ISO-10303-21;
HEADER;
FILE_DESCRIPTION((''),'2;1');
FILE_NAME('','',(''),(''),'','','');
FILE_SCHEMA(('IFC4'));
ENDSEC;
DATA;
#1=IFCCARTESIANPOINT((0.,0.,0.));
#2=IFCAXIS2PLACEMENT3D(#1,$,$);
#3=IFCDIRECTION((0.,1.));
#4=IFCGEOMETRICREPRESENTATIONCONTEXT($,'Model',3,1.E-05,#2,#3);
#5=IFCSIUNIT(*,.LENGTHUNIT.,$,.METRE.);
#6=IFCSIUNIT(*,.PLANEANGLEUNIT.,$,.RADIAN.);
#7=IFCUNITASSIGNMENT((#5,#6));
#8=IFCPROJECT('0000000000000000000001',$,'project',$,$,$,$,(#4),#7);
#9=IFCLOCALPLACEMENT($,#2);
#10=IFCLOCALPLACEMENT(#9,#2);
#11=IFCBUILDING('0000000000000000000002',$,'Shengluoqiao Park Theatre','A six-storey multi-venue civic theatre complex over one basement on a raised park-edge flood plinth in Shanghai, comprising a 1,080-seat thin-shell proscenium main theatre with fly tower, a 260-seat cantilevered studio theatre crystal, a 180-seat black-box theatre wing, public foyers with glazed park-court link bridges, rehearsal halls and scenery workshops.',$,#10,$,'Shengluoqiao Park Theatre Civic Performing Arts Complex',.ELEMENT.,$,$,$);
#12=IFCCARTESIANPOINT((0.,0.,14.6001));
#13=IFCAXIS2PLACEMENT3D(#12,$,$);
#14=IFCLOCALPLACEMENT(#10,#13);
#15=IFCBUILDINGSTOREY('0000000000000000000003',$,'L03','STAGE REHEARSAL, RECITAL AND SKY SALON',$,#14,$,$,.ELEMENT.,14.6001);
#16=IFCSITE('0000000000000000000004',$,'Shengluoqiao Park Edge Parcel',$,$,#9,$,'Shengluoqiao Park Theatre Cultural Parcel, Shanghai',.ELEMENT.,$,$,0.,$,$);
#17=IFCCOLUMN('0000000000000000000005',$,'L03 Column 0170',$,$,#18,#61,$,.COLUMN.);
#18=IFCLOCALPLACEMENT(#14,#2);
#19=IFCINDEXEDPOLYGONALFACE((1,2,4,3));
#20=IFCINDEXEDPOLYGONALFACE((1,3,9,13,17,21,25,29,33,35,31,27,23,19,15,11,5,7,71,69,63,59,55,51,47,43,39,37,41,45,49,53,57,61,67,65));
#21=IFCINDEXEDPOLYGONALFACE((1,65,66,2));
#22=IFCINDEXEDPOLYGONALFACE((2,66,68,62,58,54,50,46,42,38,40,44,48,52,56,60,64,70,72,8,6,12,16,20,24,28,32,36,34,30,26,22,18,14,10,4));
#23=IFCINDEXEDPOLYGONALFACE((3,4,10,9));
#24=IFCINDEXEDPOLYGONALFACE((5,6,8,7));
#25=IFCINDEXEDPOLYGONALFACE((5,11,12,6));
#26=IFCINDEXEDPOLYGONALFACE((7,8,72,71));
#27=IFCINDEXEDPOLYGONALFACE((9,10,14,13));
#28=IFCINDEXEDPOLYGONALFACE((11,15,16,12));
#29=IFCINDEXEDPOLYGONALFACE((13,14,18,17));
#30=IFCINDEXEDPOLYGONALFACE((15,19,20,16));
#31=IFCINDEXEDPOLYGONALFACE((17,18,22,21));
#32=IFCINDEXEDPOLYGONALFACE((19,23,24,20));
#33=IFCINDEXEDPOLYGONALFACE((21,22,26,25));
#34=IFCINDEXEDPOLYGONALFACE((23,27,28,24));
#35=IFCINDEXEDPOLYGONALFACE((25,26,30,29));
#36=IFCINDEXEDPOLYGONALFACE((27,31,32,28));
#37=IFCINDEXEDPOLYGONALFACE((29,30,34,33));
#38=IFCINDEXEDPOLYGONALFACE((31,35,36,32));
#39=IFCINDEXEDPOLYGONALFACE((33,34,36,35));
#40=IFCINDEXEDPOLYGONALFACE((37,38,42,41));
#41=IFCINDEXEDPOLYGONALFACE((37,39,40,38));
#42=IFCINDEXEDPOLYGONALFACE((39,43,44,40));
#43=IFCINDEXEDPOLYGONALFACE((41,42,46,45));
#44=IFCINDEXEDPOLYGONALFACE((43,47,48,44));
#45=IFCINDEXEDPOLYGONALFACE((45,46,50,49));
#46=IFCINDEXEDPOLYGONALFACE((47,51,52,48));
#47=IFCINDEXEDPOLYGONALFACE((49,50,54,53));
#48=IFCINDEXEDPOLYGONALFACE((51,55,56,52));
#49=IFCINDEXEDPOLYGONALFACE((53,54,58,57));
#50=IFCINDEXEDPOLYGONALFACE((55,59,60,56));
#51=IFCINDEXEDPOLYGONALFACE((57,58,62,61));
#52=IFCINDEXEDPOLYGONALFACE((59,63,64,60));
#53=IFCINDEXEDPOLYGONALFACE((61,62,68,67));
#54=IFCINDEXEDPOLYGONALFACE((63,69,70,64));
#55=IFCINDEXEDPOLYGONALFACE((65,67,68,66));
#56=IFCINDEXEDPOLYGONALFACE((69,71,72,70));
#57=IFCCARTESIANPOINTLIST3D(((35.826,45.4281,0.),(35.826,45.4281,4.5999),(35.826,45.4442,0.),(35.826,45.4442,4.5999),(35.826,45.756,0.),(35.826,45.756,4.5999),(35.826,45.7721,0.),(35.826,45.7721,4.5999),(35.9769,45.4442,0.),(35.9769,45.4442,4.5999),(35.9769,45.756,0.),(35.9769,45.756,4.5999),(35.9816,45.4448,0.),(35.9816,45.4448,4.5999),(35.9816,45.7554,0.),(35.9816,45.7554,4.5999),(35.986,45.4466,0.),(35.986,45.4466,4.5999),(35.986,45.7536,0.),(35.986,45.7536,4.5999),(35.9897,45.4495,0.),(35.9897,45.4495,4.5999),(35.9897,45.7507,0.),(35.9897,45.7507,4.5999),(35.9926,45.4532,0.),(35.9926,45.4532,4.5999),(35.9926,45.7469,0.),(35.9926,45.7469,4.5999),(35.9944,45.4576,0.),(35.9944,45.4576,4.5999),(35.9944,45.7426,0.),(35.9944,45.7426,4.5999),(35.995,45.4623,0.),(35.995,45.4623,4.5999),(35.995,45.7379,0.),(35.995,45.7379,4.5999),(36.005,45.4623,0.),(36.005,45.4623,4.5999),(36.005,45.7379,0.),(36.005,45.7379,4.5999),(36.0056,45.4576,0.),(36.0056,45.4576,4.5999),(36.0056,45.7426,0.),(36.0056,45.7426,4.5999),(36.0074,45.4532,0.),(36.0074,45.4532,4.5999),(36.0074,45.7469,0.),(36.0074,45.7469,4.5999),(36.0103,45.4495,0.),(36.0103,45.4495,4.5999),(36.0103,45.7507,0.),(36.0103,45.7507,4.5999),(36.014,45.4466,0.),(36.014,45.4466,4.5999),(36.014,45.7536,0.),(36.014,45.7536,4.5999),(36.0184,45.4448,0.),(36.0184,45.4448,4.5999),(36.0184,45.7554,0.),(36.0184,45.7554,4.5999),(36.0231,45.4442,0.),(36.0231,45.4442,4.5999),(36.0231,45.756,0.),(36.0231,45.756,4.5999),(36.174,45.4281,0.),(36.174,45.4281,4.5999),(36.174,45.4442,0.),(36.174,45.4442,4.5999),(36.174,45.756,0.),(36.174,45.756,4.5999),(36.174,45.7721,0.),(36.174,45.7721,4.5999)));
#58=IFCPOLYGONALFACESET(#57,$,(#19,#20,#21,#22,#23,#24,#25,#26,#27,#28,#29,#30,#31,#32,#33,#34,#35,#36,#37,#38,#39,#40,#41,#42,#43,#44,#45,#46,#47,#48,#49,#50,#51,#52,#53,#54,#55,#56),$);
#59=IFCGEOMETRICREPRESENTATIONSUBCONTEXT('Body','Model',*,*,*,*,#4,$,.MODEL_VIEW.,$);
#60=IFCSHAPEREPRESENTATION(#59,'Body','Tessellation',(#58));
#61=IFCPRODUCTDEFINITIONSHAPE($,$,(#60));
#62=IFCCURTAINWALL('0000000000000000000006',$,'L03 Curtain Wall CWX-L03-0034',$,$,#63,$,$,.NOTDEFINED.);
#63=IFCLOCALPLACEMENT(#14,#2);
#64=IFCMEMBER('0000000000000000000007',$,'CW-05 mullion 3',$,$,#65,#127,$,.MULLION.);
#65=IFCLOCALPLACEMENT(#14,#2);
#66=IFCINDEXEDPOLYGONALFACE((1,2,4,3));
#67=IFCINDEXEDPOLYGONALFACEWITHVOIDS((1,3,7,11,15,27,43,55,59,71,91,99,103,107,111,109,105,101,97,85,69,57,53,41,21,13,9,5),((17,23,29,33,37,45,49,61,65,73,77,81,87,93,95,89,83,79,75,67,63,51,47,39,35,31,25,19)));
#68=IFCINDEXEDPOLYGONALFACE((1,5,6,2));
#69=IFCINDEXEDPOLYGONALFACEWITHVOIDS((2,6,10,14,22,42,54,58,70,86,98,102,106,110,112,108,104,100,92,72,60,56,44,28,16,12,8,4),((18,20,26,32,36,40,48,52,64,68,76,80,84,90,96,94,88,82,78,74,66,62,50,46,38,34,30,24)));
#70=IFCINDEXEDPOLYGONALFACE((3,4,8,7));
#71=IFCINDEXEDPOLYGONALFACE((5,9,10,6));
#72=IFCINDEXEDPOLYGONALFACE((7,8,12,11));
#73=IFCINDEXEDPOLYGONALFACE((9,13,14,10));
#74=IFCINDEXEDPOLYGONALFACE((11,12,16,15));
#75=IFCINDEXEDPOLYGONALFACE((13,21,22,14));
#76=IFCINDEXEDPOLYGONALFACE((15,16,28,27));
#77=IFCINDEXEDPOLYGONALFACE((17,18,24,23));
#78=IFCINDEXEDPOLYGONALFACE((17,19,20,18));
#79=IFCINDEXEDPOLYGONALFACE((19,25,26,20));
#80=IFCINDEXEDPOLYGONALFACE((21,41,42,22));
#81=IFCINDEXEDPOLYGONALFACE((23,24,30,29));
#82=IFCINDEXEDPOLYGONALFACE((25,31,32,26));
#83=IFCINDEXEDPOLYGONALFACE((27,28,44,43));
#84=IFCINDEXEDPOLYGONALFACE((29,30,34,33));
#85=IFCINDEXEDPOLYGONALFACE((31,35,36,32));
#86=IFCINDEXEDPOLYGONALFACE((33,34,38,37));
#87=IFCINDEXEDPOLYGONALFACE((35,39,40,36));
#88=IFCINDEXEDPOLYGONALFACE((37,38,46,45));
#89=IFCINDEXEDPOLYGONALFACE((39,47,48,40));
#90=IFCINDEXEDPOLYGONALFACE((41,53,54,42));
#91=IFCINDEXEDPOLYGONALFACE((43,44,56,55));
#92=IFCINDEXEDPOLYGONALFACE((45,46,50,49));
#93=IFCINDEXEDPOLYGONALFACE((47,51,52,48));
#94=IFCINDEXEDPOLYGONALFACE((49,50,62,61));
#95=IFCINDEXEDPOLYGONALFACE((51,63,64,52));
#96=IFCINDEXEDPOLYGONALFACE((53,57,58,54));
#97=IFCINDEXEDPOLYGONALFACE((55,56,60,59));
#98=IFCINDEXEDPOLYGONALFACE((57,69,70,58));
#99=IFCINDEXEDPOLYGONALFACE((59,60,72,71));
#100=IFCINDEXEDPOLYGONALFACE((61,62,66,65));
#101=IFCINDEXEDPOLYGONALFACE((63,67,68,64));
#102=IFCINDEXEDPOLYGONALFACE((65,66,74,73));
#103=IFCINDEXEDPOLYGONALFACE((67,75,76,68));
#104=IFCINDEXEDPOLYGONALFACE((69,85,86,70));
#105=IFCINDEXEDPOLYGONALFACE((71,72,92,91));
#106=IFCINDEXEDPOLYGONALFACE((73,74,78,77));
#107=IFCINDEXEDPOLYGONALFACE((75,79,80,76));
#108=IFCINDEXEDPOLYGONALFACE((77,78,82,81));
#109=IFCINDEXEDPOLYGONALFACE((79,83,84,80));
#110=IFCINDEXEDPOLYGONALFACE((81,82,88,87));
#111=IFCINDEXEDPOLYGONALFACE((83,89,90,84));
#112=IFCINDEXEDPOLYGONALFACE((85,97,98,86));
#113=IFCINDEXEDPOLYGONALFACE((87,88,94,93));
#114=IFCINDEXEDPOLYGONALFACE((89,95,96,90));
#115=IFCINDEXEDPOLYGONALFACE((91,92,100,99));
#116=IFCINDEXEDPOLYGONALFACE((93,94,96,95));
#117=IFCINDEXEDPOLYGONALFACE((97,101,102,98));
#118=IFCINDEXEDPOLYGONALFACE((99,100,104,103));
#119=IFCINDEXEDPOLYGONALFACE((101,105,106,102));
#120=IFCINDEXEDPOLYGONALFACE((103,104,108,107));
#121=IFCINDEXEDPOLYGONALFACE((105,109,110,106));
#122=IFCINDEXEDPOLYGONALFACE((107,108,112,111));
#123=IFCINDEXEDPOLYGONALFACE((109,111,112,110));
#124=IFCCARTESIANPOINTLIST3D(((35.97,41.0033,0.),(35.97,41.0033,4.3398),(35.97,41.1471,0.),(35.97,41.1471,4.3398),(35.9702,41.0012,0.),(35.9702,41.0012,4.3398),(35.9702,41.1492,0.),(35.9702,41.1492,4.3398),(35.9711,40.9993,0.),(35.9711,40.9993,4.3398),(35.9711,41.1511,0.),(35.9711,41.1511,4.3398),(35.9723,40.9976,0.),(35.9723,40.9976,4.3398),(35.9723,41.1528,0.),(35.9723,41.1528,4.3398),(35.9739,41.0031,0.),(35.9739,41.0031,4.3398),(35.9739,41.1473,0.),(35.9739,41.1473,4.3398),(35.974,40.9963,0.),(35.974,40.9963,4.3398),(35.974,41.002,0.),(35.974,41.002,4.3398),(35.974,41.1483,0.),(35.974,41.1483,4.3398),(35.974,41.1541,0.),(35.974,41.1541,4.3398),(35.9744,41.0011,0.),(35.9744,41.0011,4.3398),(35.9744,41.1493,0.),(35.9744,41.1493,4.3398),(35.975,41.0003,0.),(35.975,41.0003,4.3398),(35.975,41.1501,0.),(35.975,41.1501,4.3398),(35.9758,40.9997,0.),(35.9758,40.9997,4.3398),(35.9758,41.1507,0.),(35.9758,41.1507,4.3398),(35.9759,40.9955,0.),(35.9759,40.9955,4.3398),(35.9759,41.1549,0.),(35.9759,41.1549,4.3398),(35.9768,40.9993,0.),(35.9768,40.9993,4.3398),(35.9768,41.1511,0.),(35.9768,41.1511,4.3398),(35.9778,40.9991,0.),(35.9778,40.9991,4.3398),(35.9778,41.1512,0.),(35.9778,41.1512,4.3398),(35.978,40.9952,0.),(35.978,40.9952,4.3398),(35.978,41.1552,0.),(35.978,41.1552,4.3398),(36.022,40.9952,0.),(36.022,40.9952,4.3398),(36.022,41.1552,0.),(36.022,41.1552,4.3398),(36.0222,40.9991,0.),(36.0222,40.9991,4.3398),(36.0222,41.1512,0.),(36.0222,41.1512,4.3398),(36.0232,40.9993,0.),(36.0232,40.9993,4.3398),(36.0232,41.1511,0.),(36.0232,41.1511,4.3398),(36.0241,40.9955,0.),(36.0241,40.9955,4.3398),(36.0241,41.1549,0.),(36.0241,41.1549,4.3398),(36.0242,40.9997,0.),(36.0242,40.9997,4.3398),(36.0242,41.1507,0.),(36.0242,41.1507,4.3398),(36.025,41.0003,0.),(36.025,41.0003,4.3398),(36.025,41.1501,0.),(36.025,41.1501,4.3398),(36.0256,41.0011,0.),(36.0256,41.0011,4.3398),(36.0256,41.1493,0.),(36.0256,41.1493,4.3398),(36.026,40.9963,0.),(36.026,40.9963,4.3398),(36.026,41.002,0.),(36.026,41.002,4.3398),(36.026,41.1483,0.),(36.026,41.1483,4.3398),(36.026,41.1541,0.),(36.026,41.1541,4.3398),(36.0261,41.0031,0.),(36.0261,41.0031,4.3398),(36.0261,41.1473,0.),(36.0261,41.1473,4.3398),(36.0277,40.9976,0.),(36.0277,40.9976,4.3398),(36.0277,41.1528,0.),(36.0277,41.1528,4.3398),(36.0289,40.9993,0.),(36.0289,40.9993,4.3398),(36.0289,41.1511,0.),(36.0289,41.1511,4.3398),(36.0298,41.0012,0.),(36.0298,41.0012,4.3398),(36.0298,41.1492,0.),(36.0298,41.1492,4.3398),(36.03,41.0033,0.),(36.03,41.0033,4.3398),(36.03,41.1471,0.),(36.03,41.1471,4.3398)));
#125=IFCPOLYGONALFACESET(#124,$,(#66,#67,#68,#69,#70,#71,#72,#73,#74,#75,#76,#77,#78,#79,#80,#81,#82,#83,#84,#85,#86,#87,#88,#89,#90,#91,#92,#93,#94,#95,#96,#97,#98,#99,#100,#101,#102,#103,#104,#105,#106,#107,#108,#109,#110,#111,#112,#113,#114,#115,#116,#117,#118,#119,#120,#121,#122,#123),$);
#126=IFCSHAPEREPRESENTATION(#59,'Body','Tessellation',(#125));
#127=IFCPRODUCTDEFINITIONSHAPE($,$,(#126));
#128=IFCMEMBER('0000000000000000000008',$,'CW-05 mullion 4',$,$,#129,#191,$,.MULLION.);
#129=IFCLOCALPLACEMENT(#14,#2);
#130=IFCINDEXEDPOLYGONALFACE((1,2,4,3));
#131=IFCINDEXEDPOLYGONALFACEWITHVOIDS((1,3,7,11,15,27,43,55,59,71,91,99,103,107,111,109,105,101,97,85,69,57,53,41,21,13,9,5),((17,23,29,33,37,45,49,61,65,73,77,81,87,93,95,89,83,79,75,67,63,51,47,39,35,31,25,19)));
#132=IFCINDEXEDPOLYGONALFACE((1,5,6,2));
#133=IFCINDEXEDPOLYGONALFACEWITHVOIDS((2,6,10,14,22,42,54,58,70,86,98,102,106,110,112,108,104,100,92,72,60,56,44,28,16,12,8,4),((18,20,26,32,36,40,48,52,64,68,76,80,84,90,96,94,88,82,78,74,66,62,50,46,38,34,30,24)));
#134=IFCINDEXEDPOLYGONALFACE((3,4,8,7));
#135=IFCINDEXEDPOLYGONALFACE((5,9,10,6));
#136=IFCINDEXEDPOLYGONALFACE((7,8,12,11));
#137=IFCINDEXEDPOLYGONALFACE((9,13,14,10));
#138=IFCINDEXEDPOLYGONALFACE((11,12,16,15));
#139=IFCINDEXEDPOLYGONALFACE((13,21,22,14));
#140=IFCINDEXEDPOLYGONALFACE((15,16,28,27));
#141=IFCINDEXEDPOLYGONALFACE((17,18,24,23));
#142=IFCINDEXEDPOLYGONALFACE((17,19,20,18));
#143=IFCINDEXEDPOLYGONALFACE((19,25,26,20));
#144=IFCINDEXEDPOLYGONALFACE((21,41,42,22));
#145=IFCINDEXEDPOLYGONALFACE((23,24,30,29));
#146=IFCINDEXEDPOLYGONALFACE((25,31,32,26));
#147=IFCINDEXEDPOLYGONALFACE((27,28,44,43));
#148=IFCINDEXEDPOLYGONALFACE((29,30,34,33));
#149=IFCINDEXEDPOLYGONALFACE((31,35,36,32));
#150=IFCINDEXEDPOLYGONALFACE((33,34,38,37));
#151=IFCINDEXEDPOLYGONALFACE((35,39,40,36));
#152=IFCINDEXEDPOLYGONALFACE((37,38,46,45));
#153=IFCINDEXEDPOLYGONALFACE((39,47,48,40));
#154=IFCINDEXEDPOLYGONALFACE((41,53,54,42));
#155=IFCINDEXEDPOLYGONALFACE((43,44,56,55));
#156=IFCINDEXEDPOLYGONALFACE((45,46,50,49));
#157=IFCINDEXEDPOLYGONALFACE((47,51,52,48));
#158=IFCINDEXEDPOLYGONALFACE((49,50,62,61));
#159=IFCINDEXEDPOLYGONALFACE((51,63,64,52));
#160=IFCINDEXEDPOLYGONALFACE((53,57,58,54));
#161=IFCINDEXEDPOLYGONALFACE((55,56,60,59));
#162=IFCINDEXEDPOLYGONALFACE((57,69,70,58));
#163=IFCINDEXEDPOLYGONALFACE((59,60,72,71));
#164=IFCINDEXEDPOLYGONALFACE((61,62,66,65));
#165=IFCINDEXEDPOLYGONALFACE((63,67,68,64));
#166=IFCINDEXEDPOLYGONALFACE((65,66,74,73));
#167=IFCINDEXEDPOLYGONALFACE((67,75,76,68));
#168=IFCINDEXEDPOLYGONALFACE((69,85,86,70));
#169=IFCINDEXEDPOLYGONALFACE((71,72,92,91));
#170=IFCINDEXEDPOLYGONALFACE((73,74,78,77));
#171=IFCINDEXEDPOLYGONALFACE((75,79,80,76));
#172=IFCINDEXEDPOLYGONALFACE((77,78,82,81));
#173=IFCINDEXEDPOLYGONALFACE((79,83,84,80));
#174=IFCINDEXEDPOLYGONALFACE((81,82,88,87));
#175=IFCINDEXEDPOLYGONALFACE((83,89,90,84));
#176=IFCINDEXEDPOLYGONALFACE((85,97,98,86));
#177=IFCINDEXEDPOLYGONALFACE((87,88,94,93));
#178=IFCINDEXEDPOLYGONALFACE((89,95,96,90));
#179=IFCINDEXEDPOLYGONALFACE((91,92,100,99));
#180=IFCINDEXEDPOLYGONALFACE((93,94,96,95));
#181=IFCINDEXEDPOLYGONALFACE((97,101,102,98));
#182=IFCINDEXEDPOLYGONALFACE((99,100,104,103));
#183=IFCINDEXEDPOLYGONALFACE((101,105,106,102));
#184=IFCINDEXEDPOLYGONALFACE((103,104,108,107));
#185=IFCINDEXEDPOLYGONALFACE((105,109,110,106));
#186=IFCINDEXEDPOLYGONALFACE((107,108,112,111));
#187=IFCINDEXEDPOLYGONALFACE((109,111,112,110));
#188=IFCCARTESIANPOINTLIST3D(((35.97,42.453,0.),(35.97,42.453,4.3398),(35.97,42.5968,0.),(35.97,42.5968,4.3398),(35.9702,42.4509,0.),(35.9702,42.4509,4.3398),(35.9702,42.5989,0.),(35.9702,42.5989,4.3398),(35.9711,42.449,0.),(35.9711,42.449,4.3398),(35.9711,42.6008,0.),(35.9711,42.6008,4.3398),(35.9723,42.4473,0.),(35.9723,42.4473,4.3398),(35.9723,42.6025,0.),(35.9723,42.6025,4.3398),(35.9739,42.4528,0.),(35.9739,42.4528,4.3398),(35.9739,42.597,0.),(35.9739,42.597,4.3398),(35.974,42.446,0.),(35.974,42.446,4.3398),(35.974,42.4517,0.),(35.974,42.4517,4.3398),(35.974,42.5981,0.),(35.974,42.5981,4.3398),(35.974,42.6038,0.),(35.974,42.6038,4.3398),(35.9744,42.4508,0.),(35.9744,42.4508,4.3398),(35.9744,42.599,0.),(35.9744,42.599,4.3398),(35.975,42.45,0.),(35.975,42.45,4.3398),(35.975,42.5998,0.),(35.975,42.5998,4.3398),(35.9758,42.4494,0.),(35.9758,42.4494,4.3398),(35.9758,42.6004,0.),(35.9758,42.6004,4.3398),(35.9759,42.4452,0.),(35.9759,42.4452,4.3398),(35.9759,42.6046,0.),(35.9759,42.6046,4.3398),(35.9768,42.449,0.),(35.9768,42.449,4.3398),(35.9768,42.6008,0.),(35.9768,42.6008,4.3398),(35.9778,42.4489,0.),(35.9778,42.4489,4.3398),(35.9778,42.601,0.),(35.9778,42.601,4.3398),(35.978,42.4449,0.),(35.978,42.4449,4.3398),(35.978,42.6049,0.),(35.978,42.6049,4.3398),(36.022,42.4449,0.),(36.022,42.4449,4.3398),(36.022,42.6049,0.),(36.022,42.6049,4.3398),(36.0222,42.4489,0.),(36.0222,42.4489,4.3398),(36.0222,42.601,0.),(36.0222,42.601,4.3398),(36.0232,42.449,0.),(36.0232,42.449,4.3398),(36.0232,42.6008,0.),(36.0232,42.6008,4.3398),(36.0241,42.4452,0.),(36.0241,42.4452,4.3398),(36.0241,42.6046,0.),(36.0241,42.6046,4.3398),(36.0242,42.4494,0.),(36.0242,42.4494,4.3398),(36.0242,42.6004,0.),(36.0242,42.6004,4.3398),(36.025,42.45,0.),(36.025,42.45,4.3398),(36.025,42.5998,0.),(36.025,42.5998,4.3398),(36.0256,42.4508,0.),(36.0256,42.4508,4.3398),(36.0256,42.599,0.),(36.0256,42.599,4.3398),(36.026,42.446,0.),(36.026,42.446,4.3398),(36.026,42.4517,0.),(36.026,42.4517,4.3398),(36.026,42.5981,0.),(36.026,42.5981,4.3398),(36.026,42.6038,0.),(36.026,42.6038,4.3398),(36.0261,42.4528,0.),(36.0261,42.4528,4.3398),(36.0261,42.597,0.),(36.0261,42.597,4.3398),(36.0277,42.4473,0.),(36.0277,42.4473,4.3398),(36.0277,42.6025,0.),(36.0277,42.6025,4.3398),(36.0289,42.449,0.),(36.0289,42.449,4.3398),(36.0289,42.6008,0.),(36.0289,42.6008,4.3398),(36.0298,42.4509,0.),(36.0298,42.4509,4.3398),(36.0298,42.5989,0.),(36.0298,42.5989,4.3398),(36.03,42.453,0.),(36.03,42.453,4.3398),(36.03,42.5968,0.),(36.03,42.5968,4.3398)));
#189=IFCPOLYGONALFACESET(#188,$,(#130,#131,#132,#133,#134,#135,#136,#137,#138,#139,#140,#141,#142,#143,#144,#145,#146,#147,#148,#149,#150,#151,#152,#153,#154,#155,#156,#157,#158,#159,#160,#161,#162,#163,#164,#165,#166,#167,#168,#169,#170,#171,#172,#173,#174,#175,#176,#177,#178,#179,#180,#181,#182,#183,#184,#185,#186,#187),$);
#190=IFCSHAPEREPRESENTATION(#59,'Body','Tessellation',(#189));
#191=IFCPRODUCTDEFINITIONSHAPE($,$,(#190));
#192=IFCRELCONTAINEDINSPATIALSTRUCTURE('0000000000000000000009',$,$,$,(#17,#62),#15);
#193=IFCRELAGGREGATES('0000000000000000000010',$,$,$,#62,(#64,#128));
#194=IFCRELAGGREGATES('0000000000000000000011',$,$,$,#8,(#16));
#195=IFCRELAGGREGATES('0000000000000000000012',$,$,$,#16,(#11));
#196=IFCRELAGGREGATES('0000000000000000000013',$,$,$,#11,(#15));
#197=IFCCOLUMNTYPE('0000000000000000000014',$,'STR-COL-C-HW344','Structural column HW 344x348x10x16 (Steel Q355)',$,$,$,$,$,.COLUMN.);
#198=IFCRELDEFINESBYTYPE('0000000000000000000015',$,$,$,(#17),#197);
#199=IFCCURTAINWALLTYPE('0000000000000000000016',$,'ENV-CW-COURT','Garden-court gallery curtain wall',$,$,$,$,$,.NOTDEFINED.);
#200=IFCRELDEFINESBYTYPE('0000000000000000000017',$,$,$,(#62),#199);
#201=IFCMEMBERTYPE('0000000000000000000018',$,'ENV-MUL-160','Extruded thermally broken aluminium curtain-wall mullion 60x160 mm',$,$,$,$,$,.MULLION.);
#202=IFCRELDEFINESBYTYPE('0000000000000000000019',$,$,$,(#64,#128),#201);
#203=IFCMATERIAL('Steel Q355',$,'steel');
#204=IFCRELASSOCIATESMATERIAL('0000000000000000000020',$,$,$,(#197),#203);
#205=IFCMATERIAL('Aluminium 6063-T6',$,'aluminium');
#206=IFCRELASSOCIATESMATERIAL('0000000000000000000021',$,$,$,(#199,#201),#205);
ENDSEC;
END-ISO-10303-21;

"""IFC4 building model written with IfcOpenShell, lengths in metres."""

from ifc_helpers import new_model, si_unit, direction, frame, origin, origin_2d, place, context, subcontext, project, spatial, hollow_rectangle, i_section, extrude, material, material_profile, profile_set, type_object, element, aggregate, save


model = new_model("IFC4")

# Units and contexts
model_context = context("Model", 3, precision=1e-05, world=origin(), true_north=direction((0.0, 1.0)))
body_context = subcontext(model_context, "Body", "Model", "MODEL_VIEW")
ifc_project = project(units=[si_unit("LENGTHUNIT", "METRE"), si_unit("PLANEANGLEUNIT", "RADIAN")], contexts=[model_context])

# Site, building, storey
site_placement = place(None, origin())
site = spatial("IfcSite", under=ifc_project, at=site_placement, Name="Shengluoqiao Park Edge Parcel", LongName="Shengluoqiao Park Theatre Cultural Parcel, Shanghai", CompositionType="ELEMENT", RefElevation=0.0)
building_placement = place(site_placement, origin())
building = spatial("IfcBuilding", under=site, at=building_placement, Name="Shengluoqiao Park Theatre", Description="A six-storey multi-venue civic theatre complex over one basement on a raised park-edge flood plinth in Shanghai, comprising a 1,080-seat thin-shell proscenium main theatre with fly tower, a 260-seat cantilevered studio theatre crystal, a 180-seat black-box theatre wing, public foyers with glazed park-court link bridges, rehearsal halls and scenery workshops.", LongName="Shengluoqiao Park Theatre Civic Performing Arts Complex", CompositionType="ELEMENT")
storey_placement = place(building_placement, frame((0.0, 0.0, 14.6001)))
storey = spatial("IfcBuildingStorey", under=building, at=storey_placement, Name="L03", Description="STAGE REHEARSAL, RECITAL AND SKY SALON", CompositionType="ELEMENT", Elevation=14.6001)

# Column
ifc_material_1 = material(Name="Steel Q355", Category="steel")
ifc_material_profile_1 = material_profile(ifc_material_1, i_section(OverallWidth=0.3479, OverallDepth=0.344, WebThickness=0.01, FlangeThickness=0.0161, FilletRadius=0.0181, at=origin_2d()), Name="HW 344x348x10x16")
ifc_profile_set_1 = profile_set([ifc_material_profile_1], Name="Steel Q355")
column_type = type_object("IfcColumnType", Name="STR-COL-C-HW344", Description="Structural column HW 344x348x10x16 (Steel Q355)", PredefinedType="COLUMN", material=ifc_profile_set_1)
column_placement = place(storey_placement, frame((36.0, 45.6001, 0.0), z_axis=(0.0, 0.0, 1.0), x_axis=(1.0, 0.0, 0.0)))
element("IfcColumn", 1, at=column_placement, inside=storey, type_object=column_type, Name="L03 Column 0170", PredefinedType="COLUMN", context=body_context, shape_type="SweptSolid", body=[
    extrude(i_section(OverallWidth=0.3479, OverallDepth=0.344, WebThickness=0.01, FlangeThickness=0.0161, FilletRadius=0.0181, at=origin_2d()), origin(), (0.0, 0.0, 1.0), 4.5999),
])

# Curtain wall, members
ifc_material_2 = material(Name="Aluminium 6063-T6", Category="aluminium")
curtain_wall_type = type_object("IfcCurtainWallType", Name="ENV-CW-COURT", Description="Garden-court gallery curtain wall", PredefinedType="NOTDEFINED", material=ifc_material_2)
curtain_wall_placement = place(storey_placement, origin())
curtain_wall = element("IfcCurtainWall", 2, at=curtain_wall_placement, inside=storey, type_object=curtain_wall_type, Name="L03 Curtain Wall CWX-L03-0034", PredefinedType="NOTDEFINED")
ifc_material_profile_2 = material_profile(ifc_material_2, hollow_rectangle(XDim=0.0601, YDim=0.1599, WallThickness=0.0039, InnerFilletRadius=0.0039, OuterFilletRadius=0.0081, at=origin_2d()), Name="ALU MULLION 160x60x4")
ifc_profile_set_2 = profile_set([ifc_material_profile_2], Name="Aluminium 6063-T6")
member_type_1 = type_object("IfcMemberType", Name="ENV-MUL-160", Description="Extruded thermally broken aluminium curtain-wall mullion 60x160 mm", PredefinedType="MULLION", material=ifc_profile_set_2)
member_1_placement = place(storey_placement, frame((36.0, 41.0752, 0.0), z_axis=(0.0, 0.0, 1.0), x_axis=(-1.0, 0.0, 0.0)))
member_1 = element("IfcMember", 3, at=member_1_placement, type_object=member_type_1, Name="CW-05 mullion 3", PredefinedType="MULLION", context=body_context, shape_type="SweptSolid", body=[
    extrude(hollow_rectangle(XDim=0.0601, YDim=0.1599, WallThickness=0.0039, InnerFilletRadius=0.0039, OuterFilletRadius=0.0081, at=origin_2d()), origin(), (0.0, 0.0, 1.0), 4.3398),
])
member_2_placement = place(storey_placement, frame((36.0, 42.5249, 0.0), z_axis=(0.0, 0.0, 1.0), x_axis=(-1.0, 0.0, 0.0)))
member_2 = element("IfcMember", 4, at=member_2_placement, type_object=member_type_1, Name="CW-05 mullion 4", PredefinedType="MULLION", context=body_context, shape_type="SweptSolid", body=[
    extrude(hollow_rectangle(XDim=0.0601, YDim=0.1599, WallThickness=0.0039, InnerFilletRadius=0.0039, OuterFilletRadius=0.0081, at=origin_2d()), origin(), (0.0, 0.0, 1.0), 4.3398),
])

aggregate(curtain_wall, [member_1, member_2])

save(model, "model.ifc")
